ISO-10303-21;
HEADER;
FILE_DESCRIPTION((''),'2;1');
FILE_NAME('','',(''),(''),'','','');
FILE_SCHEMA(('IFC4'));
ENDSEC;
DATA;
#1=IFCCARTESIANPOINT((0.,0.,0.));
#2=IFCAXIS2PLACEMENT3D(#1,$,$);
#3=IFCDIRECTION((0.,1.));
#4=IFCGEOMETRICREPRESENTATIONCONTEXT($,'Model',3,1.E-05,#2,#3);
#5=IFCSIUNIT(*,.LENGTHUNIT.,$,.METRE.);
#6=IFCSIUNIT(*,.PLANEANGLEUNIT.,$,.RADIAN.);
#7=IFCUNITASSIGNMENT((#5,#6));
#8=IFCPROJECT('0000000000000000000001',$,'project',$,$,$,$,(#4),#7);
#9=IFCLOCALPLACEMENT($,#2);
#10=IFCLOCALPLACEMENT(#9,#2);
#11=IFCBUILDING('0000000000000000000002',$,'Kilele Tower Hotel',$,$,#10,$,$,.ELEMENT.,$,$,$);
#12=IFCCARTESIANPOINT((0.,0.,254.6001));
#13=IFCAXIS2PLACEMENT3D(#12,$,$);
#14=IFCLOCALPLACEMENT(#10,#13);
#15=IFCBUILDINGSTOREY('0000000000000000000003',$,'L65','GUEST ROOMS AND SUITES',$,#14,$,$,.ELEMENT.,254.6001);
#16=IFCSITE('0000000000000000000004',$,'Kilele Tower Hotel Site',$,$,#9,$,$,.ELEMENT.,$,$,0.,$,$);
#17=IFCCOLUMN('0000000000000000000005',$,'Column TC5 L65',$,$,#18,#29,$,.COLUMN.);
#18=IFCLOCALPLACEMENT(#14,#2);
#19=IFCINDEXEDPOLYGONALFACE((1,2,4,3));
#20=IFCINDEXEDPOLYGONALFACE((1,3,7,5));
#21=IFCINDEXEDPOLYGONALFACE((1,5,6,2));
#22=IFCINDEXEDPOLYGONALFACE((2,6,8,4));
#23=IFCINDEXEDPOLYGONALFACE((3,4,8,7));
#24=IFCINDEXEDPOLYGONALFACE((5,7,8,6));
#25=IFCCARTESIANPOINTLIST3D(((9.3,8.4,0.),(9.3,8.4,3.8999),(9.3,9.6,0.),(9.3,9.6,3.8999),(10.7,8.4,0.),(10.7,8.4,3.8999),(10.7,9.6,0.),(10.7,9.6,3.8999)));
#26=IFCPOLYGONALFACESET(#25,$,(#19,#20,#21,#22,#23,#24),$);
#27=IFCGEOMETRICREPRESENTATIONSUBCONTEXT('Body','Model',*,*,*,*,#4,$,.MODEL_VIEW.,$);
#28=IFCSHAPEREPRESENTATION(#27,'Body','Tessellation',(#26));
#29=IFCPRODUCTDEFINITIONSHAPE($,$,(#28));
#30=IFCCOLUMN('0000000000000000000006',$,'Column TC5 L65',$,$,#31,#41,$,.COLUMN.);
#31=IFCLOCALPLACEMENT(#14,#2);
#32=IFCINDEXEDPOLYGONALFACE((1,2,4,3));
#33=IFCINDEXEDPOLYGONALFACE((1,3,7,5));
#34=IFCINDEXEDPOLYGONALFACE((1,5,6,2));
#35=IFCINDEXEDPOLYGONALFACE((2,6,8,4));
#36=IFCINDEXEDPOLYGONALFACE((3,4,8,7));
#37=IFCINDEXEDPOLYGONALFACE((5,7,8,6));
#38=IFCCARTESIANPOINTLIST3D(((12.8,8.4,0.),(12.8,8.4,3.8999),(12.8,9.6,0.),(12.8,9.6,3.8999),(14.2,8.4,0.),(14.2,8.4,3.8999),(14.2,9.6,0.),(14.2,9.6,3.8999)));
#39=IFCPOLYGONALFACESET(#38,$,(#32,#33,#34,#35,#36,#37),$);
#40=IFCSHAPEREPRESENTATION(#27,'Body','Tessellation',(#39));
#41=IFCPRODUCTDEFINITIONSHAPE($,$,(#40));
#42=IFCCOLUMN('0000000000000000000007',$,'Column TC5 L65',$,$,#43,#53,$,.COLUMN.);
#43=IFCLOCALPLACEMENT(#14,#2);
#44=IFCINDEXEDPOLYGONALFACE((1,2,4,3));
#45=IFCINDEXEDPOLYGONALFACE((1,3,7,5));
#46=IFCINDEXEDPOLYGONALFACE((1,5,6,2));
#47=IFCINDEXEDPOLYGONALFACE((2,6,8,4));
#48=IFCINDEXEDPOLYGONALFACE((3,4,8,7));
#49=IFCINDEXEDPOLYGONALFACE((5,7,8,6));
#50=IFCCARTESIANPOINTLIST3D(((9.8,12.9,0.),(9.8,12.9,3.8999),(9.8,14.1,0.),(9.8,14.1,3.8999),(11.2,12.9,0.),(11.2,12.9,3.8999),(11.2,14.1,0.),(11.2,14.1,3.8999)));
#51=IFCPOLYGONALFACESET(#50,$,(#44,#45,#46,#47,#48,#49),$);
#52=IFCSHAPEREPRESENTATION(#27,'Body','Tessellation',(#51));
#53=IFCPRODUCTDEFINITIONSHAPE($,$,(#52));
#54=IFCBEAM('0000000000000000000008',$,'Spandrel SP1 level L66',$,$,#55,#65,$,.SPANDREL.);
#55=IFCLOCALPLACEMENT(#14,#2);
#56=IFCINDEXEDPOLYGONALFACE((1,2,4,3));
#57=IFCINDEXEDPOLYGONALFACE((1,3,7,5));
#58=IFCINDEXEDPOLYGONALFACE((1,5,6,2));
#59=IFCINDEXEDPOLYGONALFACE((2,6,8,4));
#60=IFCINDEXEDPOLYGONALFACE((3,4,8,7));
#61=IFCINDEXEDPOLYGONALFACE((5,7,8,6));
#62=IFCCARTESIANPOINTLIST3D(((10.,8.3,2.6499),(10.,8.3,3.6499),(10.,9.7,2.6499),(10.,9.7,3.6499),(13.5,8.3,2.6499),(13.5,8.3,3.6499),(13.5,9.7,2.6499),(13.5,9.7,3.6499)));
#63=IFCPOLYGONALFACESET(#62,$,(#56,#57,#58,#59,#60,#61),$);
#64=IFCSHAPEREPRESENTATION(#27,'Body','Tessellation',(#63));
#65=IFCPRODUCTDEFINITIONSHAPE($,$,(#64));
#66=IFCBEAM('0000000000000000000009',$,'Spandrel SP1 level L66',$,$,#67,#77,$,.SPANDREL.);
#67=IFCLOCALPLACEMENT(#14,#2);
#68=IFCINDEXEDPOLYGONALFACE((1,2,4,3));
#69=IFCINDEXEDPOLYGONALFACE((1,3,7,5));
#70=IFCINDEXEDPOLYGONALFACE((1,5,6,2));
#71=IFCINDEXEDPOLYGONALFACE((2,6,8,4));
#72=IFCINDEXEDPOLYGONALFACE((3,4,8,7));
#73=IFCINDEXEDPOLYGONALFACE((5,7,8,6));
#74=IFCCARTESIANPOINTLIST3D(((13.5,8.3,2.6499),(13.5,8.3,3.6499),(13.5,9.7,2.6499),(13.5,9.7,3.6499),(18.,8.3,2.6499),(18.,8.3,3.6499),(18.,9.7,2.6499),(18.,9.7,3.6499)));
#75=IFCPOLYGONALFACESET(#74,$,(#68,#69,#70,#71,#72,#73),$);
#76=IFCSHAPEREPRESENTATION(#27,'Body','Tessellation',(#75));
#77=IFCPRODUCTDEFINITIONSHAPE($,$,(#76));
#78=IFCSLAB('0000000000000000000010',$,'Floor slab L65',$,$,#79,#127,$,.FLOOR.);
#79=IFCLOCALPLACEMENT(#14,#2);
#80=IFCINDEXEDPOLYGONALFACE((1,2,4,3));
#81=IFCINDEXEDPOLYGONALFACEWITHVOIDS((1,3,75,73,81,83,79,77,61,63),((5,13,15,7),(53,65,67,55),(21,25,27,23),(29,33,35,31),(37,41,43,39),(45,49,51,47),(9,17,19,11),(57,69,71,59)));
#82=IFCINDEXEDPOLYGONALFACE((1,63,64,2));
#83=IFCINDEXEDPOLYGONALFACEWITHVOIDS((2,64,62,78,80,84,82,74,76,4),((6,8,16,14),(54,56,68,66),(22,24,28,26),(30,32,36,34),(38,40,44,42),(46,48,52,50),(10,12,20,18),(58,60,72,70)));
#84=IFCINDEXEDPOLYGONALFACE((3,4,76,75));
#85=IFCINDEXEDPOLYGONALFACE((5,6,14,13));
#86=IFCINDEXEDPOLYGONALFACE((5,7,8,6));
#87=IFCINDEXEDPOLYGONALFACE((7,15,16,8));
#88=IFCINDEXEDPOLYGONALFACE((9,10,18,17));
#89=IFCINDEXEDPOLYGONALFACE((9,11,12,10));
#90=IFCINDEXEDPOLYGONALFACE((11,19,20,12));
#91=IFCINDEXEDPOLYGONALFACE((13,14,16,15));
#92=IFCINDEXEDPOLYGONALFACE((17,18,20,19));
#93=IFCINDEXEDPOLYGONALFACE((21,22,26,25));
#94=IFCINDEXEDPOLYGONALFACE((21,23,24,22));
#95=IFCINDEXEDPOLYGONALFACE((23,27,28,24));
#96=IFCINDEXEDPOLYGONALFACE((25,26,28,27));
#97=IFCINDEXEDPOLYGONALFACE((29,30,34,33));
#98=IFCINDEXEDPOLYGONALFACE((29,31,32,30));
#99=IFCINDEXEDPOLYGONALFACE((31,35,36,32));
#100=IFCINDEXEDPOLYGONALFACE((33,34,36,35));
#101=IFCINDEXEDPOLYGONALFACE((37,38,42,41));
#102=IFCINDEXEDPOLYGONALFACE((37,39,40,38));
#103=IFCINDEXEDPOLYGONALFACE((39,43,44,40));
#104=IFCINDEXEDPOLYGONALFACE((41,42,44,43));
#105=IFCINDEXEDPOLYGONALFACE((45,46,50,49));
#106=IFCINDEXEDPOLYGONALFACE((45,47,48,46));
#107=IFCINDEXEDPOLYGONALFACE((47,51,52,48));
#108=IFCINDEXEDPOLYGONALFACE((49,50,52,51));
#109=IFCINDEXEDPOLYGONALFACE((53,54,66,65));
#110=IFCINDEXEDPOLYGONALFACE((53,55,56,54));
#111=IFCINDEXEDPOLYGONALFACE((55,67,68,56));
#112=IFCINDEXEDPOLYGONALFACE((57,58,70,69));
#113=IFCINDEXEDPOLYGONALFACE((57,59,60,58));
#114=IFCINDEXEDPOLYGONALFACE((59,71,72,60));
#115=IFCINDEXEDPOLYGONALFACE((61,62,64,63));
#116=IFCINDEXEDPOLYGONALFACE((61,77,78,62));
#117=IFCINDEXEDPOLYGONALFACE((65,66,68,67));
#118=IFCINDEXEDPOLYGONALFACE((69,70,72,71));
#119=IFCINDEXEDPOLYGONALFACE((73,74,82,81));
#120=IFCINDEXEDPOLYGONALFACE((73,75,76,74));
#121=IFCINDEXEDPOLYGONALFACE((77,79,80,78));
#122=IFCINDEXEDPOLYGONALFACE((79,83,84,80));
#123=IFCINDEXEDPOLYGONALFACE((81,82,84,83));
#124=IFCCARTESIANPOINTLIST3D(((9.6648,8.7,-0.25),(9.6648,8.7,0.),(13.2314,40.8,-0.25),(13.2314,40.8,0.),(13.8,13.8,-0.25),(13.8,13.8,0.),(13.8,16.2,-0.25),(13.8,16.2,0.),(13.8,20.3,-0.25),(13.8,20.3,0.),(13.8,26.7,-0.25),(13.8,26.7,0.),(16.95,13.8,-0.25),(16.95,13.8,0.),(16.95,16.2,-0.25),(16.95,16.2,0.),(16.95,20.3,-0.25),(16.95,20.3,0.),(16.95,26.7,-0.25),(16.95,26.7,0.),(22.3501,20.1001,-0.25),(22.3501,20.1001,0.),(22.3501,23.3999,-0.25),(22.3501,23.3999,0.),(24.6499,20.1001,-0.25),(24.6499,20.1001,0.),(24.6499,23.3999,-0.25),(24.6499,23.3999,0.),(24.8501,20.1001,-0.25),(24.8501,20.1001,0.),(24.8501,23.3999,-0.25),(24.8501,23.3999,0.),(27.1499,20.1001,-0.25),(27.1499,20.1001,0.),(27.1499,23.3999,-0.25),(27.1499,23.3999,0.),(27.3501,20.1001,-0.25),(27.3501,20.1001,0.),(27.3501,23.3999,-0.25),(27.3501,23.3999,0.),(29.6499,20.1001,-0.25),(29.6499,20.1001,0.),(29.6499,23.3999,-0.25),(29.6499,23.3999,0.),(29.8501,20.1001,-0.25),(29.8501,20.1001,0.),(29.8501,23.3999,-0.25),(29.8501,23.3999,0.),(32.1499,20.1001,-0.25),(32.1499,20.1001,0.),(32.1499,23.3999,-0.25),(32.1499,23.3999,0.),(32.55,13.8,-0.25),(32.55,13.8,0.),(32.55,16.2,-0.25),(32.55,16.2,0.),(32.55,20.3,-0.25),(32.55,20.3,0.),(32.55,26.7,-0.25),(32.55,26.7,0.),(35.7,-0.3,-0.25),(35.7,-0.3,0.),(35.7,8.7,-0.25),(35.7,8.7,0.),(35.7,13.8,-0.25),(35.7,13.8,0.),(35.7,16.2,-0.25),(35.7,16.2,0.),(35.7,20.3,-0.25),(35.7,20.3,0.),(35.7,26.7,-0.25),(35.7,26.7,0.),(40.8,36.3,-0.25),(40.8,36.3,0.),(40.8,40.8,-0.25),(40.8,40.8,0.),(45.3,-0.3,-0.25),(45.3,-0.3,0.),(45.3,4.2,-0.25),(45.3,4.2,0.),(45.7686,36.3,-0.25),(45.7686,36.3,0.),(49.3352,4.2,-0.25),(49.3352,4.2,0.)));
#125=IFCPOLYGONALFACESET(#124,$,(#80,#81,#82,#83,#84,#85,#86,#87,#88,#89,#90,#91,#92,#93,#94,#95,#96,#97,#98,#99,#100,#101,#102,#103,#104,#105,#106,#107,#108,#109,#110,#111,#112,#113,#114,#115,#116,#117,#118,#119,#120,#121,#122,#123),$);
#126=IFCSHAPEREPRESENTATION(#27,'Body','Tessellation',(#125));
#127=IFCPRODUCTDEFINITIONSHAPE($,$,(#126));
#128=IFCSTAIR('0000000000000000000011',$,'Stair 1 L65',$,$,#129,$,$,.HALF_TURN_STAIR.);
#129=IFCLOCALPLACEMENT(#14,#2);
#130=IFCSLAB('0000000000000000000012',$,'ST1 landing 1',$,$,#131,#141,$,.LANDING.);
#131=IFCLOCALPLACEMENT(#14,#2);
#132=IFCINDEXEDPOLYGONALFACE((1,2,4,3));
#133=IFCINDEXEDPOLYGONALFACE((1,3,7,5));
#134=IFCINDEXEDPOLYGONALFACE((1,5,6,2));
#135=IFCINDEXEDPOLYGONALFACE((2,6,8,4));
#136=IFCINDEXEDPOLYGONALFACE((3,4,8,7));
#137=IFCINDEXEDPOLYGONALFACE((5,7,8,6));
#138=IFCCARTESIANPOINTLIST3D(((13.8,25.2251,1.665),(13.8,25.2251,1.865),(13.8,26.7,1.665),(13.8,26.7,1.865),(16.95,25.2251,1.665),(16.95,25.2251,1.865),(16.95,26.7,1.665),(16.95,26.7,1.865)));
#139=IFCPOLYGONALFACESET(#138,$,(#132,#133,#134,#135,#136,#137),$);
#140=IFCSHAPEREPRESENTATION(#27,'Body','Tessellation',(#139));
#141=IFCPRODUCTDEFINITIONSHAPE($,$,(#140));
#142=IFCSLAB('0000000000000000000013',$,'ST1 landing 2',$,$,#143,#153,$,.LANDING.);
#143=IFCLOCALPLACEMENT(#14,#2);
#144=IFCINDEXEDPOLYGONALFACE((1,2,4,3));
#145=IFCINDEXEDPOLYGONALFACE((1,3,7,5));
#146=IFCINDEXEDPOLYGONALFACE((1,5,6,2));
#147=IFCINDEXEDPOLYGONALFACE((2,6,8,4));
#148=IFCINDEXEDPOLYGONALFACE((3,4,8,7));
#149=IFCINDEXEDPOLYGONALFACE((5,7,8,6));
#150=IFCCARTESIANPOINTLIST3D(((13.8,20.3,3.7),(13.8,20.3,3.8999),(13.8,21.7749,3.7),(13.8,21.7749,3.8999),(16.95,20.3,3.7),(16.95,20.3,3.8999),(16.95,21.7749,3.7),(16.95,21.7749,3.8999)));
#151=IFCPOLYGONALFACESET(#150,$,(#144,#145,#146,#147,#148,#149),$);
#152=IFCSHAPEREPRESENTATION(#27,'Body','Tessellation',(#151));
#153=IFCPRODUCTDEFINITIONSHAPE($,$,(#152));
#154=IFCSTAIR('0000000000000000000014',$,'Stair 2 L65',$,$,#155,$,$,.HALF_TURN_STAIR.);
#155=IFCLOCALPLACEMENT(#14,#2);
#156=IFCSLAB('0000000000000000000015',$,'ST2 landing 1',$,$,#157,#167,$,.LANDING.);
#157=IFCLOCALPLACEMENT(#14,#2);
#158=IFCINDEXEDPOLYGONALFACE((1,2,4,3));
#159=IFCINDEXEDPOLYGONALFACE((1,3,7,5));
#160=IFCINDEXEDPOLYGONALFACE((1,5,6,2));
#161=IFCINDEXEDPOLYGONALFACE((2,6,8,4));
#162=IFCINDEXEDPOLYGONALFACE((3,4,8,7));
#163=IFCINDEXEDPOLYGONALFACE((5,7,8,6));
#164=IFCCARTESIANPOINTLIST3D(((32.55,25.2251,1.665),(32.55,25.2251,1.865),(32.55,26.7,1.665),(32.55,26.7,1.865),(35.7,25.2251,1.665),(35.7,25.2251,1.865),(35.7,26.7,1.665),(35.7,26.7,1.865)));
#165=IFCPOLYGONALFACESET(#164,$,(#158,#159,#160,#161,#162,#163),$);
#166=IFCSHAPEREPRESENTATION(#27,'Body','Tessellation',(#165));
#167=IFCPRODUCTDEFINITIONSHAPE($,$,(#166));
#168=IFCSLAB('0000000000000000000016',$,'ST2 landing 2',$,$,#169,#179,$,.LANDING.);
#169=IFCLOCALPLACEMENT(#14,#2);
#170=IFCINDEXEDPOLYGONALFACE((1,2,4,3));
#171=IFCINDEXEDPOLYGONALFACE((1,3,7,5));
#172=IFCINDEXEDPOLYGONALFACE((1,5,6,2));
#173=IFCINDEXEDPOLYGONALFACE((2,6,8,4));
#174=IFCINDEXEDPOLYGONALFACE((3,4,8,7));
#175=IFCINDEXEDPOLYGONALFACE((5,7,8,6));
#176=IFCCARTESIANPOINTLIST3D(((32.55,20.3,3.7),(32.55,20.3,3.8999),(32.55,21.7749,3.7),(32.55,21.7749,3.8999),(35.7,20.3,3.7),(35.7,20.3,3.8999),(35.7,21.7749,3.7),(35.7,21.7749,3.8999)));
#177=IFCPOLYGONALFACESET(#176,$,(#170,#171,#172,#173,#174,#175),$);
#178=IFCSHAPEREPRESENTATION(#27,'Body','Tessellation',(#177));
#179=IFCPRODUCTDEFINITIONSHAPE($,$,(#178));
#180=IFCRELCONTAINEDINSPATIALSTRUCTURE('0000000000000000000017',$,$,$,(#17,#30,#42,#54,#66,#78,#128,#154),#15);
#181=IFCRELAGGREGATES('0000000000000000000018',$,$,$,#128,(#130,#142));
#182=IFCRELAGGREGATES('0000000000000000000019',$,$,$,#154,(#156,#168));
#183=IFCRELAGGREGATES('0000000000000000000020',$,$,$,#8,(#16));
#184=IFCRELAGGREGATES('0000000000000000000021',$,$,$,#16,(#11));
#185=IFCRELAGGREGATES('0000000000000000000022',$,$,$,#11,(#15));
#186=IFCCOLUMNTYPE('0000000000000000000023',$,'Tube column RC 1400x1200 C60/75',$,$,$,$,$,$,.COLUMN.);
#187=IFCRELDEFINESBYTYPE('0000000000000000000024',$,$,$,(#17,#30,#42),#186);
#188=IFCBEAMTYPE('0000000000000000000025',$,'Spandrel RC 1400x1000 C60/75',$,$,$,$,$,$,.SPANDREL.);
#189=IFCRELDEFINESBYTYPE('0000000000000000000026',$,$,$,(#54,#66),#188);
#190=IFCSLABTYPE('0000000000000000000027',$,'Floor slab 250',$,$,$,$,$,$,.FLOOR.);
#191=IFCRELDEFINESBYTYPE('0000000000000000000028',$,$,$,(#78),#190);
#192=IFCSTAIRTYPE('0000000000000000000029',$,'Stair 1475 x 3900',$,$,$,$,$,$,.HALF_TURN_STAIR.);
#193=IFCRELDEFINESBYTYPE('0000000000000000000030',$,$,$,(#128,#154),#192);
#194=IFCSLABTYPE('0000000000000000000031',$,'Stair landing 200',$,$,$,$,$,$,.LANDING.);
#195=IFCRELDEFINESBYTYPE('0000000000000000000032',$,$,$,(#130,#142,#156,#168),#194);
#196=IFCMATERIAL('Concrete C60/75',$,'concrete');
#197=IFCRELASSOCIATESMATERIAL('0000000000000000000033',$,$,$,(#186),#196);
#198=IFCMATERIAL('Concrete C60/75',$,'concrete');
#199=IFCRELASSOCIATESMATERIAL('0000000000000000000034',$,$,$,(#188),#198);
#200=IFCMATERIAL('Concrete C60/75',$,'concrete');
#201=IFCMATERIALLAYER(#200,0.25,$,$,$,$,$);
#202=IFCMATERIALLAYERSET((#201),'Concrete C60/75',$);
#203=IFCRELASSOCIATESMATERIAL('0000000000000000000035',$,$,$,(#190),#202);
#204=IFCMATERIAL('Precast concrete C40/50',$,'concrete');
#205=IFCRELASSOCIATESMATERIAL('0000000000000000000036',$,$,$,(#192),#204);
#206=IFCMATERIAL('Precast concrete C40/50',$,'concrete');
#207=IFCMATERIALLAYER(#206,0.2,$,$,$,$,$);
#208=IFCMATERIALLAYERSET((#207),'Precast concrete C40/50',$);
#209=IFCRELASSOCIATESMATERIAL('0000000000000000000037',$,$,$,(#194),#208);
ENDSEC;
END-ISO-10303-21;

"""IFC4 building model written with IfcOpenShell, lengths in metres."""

from ifc_helpers import new_model, si_unit, direction, frame, origin, origin_2d, place, context, subcontext, project, spatial, polyline, rectangle, outline, extrude, material, layer, layer_set, material_profile, profile_set, type_object, element, aggregate, save


model = new_model("IFC4")

# Units and contexts
model_context = context("Model", 3, precision=1e-05, world=origin(), true_north=direction((0.0, 1.0)))
body_context = subcontext(model_context, "Body", "Model", "MODEL_VIEW")
ifc_project = project(units=[si_unit("LENGTHUNIT", "METRE"), si_unit("PLANEANGLEUNIT", "RADIAN")], contexts=[model_context])

# Site, building, storey
site_placement = place(None, origin())
site = spatial("IfcSite", under=ifc_project, at=site_placement, Name="Kilele Tower Hotel Site", CompositionType="ELEMENT", RefElevation=0.0)
building_placement = place(site_placement, origin())
building = spatial("IfcBuilding", under=site, at=building_placement, Name="Kilele Tower Hotel", CompositionType="ELEMENT")
storey_placement = place(building_placement, frame((0.0, 0.0, 254.6001)))
storey = spatial("IfcBuildingStorey", under=building, at=storey_placement, Name="L65", Description="GUEST ROOMS AND SUITES", CompositionType="ELEMENT", Elevation=254.6001)

# Columns
ifc_material_1 = material(Name="Concrete C60/75", Category="concrete")
ifc_material_profile_1 = material_profile(ifc_material_1, rectangle(XDim=1.3999, YDim=1.2, at=origin_2d()))
ifc_profile_set_1 = profile_set([ifc_material_profile_1], Name="Concrete C60/75")
column_type = type_object("IfcColumnType", Name="Tube column RC 1400x1200 C60/75", PredefinedType="COLUMN", material=ifc_profile_set_1)
for number, where, z_axis, x_axis, name in (
    (1, (10.0, 9.0, 0.0), (0.0, 0.0, 1.0), (1.0, 0.0, 0.0), "Column TC5 L65"),
    (2, (13.5, 9.0, 0.0), (0.0, 0.0, 1.0), (1.0, 0.0, 0.0), "Column TC5 L65"),
    (3, (10.5, 13.5, 0.0), (0.0, 0.0, 1.0), (1.0, 0.0, 0.0), "Column TC5 L65"),
):
    element("IfcColumn", number, at=place(storey_placement, frame(where, z_axis=z_axis, x_axis=x_axis)), inside=storey, type_object=column_type, Name=name, PredefinedType="COLUMN", context=body_context, shape_type="SweptSolid", body=[
        extrude(rectangle(XDim=1.3999, YDim=1.2, at=origin_2d()), origin(), (0.0, 0.0, 1.0), 3.8999),
    ])

# Beams
ifc_material_2 = material(Name="Concrete C60/75", Category="concrete")
ifc_material_profile_2 = material_profile(ifc_material_2, rectangle(XDim=1.3999, YDim=1.0, at=origin_2d()))
ifc_profile_set_2 = profile_set([ifc_material_profile_2], Name="Concrete C60/75")
beam_type = type_object("IfcBeamType", Name="Spandrel RC 1400x1000 C60/75", PredefinedType="SPANDREL", material=ifc_profile_set_2)
beam_1_placement = place(storey_placement, frame((10.0, 9.0, 3.1499), z_axis=(1.0, 0.0, 0.0), x_axis=(0.0, 1.0, 0.0)))
element("IfcBeam", 4, at=beam_1_placement, inside=storey, type_object=beam_type, Name="Spandrel SP1 level L66", PredefinedType="SPANDREL", context=body_context, shape_type="SweptSolid", body=[
    extrude(rectangle(XDim=1.3999, YDim=1.0, at=origin_2d()), origin(), (0.0, 0.0, 1.0), 3.5),
])
beam_2_placement = place(storey_placement, frame((13.5, 9.0, 3.1499), z_axis=(1.0, 0.0, 0.0), x_axis=(0.0, 1.0, 0.0)))
element("IfcBeam", 5, at=beam_2_placement, inside=storey, type_object=beam_type, Name="Spandrel SP1 level L66", PredefinedType="SPANDREL", context=body_context, shape_type="SweptSolid", body=[
    extrude(rectangle(XDim=1.3999, YDim=1.0, at=origin_2d()), origin(), (0.0, 0.0, 1.0), 4.5),
])

# Slab
ifc_material_3 = material(Name="Concrete C60/75", Category="concrete")
ifc_layer_1 = layer(ifc_material_3, 0.25)
ifc_layer_set_1 = layer_set([ifc_layer_1], Name="Concrete C60/75")
slab_type_1 = type_object("IfcSlabType", Name="Floor slab 250", PredefinedType="FLOOR", material=ifc_layer_set_1)
slab_1_placement = place(storey_placement, frame((0.0, 0.0, -0.25)))
element("IfcSlab", 6, at=slab_1_placement, inside=storey, type_object=slab_type_1, Name="Floor slab L65", PredefinedType="FLOOR", context=body_context, shape_type="SweptSolid", body=[
    extrude(outline(polyline([(40.8, 40.8), (40.8, 36.3), (45.7686, 36.3), (49.3352, 4.2), (45.3, 4.2), (45.3, -0.3), (35.7, -0.3), (35.7, 8.7), (9.6648, 8.7), (13.2314, 40.8), (40.8, 40.8)]), holes=[polyline([(16.95, 16.2), (13.8, 16.2), (13.8, 13.8), (16.95, 13.8), (16.95, 16.2)]), polyline([(35.7, 16.2), (32.55, 16.2), (32.55, 13.8), (35.7, 13.8), (35.7, 16.2)]), polyline([(24.6499, 23.3999), (22.3501, 23.3999), (22.3501, 20.1001), (24.6499, 20.1001), (24.6499, 23.3999)]), polyline([(27.1499, 23.3999), (24.8501, 23.3999), (24.8501, 20.1001), (27.1499, 20.1001), (27.1499, 23.3999)]), polyline([(29.6499, 23.3999), (27.3501, 23.3999), (27.3501, 20.1001), (29.6499, 20.1001), (29.6499, 23.3999)]), polyline([(32.1499, 23.3999), (29.8501, 23.3999), (29.8501, 20.1001), (32.1499, 20.1001), (32.1499, 23.3999)]), polyline([(16.95, 26.7), (13.8, 26.7), (13.8, 20.3), (16.95, 20.3), (16.95, 26.7)]), polyline([(35.7, 26.7), (32.55, 26.7), (32.55, 20.3), (35.7, 20.3), (35.7, 26.7)])]), origin(), (0.0, 0.0, 1.0), 0.25),
])

# Stairs, slabs
ifc_material_4 = material(Name="Precast concrete C40/50", Category="concrete")
stair_type = type_object("IfcStairType", Name="Stair 1475 x 3900", PredefinedType="HALF_TURN_STAIR", material=ifc_material_4)
stair_1_placement = place(storey_placement, origin())
stair_1 = element("IfcStair", 7, at=stair_1_placement, inside=storey, type_object=stair_type, Name="Stair 1 L65", PredefinedType="HALF_TURN_STAIR")
ifc_material_5 = material(Name="Precast concrete C40/50", Category="concrete")
ifc_layer_2 = layer(ifc_material_5, 0.2)
ifc_layer_set_2 = layer_set([ifc_layer_2], Name="Precast concrete C40/50")
slab_type_2 = type_object("IfcSlabType", Name="Stair landing 200", PredefinedType="LANDING", material=ifc_layer_set_2)
slab_2_placement = place(storey_placement, frame((0.0, 0.0, 1.665)))
slab_2 = element("IfcSlab", 8, at=slab_2_placement, type_object=slab_type_2, Name="ST1 landing 1", PredefinedType="LANDING", context=body_context, shape_type="SweptSolid", body=[
    extrude(outline(polyline([(13.8, 25.2251), (16.95, 25.2251), (16.95, 26.7), (13.8, 26.7), (13.8, 25.2251)])), origin(), (0.0, 0.0, 1.0), 0.2),
])
slab_3_placement = place(storey_placement, frame((0.0, 0.0, 3.7)))
slab_3 = element("IfcSlab", 9, at=slab_3_placement, type_object=slab_type_2, Name="ST1 landing 2", PredefinedType="LANDING", context=body_context, shape_type="SweptSolid", body=[
    extrude(outline(polyline([(13.8, 20.3), (16.95, 20.3), (16.95, 21.7749), (13.8, 21.7749), (13.8, 20.3)])), origin(), (0.0, 0.0, 1.0), 0.2),
])
aggregate(stair_1, [slab_2, slab_3])
stair_2_placement = place(storey_placement, origin())
stair_2 = element("IfcStair", 10, at=stair_2_placement, inside=storey, type_object=stair_type, Name="Stair 2 L65", PredefinedType="HALF_TURN_STAIR")
slab_4_placement = place(storey_placement, frame((0.0, 0.0, 1.665)))
slab_4 = element("IfcSlab", 11, at=slab_4_placement, type_object=slab_type_2, Name="ST2 landing 1", PredefinedType="LANDING", context=body_context, shape_type="SweptSolid", body=[
    extrude(outline(polyline([(32.55, 25.2251), (35.7, 25.2251), (35.7, 26.7), (32.55, 26.7), (32.55, 25.2251)])), origin(), (0.0, 0.0, 1.0), 0.2),
])
slab_5_placement = place(storey_placement, frame((0.0, 0.0, 3.7)))
slab_5 = element("IfcSlab", 12, at=slab_5_placement, type_object=slab_type_2, Name="ST2 landing 2", PredefinedType="LANDING", context=body_context, shape_type="SweptSolid", body=[
    extrude(outline(polyline([(32.55, 20.3), (35.7, 20.3), (35.7, 21.7749), (32.55, 21.7749), (32.55, 20.3)])), origin(), (0.0, 0.0, 1.0), 0.2),
])
aggregate(stair_2, [slab_4, slab_5])

save(model, "model.ifc")
